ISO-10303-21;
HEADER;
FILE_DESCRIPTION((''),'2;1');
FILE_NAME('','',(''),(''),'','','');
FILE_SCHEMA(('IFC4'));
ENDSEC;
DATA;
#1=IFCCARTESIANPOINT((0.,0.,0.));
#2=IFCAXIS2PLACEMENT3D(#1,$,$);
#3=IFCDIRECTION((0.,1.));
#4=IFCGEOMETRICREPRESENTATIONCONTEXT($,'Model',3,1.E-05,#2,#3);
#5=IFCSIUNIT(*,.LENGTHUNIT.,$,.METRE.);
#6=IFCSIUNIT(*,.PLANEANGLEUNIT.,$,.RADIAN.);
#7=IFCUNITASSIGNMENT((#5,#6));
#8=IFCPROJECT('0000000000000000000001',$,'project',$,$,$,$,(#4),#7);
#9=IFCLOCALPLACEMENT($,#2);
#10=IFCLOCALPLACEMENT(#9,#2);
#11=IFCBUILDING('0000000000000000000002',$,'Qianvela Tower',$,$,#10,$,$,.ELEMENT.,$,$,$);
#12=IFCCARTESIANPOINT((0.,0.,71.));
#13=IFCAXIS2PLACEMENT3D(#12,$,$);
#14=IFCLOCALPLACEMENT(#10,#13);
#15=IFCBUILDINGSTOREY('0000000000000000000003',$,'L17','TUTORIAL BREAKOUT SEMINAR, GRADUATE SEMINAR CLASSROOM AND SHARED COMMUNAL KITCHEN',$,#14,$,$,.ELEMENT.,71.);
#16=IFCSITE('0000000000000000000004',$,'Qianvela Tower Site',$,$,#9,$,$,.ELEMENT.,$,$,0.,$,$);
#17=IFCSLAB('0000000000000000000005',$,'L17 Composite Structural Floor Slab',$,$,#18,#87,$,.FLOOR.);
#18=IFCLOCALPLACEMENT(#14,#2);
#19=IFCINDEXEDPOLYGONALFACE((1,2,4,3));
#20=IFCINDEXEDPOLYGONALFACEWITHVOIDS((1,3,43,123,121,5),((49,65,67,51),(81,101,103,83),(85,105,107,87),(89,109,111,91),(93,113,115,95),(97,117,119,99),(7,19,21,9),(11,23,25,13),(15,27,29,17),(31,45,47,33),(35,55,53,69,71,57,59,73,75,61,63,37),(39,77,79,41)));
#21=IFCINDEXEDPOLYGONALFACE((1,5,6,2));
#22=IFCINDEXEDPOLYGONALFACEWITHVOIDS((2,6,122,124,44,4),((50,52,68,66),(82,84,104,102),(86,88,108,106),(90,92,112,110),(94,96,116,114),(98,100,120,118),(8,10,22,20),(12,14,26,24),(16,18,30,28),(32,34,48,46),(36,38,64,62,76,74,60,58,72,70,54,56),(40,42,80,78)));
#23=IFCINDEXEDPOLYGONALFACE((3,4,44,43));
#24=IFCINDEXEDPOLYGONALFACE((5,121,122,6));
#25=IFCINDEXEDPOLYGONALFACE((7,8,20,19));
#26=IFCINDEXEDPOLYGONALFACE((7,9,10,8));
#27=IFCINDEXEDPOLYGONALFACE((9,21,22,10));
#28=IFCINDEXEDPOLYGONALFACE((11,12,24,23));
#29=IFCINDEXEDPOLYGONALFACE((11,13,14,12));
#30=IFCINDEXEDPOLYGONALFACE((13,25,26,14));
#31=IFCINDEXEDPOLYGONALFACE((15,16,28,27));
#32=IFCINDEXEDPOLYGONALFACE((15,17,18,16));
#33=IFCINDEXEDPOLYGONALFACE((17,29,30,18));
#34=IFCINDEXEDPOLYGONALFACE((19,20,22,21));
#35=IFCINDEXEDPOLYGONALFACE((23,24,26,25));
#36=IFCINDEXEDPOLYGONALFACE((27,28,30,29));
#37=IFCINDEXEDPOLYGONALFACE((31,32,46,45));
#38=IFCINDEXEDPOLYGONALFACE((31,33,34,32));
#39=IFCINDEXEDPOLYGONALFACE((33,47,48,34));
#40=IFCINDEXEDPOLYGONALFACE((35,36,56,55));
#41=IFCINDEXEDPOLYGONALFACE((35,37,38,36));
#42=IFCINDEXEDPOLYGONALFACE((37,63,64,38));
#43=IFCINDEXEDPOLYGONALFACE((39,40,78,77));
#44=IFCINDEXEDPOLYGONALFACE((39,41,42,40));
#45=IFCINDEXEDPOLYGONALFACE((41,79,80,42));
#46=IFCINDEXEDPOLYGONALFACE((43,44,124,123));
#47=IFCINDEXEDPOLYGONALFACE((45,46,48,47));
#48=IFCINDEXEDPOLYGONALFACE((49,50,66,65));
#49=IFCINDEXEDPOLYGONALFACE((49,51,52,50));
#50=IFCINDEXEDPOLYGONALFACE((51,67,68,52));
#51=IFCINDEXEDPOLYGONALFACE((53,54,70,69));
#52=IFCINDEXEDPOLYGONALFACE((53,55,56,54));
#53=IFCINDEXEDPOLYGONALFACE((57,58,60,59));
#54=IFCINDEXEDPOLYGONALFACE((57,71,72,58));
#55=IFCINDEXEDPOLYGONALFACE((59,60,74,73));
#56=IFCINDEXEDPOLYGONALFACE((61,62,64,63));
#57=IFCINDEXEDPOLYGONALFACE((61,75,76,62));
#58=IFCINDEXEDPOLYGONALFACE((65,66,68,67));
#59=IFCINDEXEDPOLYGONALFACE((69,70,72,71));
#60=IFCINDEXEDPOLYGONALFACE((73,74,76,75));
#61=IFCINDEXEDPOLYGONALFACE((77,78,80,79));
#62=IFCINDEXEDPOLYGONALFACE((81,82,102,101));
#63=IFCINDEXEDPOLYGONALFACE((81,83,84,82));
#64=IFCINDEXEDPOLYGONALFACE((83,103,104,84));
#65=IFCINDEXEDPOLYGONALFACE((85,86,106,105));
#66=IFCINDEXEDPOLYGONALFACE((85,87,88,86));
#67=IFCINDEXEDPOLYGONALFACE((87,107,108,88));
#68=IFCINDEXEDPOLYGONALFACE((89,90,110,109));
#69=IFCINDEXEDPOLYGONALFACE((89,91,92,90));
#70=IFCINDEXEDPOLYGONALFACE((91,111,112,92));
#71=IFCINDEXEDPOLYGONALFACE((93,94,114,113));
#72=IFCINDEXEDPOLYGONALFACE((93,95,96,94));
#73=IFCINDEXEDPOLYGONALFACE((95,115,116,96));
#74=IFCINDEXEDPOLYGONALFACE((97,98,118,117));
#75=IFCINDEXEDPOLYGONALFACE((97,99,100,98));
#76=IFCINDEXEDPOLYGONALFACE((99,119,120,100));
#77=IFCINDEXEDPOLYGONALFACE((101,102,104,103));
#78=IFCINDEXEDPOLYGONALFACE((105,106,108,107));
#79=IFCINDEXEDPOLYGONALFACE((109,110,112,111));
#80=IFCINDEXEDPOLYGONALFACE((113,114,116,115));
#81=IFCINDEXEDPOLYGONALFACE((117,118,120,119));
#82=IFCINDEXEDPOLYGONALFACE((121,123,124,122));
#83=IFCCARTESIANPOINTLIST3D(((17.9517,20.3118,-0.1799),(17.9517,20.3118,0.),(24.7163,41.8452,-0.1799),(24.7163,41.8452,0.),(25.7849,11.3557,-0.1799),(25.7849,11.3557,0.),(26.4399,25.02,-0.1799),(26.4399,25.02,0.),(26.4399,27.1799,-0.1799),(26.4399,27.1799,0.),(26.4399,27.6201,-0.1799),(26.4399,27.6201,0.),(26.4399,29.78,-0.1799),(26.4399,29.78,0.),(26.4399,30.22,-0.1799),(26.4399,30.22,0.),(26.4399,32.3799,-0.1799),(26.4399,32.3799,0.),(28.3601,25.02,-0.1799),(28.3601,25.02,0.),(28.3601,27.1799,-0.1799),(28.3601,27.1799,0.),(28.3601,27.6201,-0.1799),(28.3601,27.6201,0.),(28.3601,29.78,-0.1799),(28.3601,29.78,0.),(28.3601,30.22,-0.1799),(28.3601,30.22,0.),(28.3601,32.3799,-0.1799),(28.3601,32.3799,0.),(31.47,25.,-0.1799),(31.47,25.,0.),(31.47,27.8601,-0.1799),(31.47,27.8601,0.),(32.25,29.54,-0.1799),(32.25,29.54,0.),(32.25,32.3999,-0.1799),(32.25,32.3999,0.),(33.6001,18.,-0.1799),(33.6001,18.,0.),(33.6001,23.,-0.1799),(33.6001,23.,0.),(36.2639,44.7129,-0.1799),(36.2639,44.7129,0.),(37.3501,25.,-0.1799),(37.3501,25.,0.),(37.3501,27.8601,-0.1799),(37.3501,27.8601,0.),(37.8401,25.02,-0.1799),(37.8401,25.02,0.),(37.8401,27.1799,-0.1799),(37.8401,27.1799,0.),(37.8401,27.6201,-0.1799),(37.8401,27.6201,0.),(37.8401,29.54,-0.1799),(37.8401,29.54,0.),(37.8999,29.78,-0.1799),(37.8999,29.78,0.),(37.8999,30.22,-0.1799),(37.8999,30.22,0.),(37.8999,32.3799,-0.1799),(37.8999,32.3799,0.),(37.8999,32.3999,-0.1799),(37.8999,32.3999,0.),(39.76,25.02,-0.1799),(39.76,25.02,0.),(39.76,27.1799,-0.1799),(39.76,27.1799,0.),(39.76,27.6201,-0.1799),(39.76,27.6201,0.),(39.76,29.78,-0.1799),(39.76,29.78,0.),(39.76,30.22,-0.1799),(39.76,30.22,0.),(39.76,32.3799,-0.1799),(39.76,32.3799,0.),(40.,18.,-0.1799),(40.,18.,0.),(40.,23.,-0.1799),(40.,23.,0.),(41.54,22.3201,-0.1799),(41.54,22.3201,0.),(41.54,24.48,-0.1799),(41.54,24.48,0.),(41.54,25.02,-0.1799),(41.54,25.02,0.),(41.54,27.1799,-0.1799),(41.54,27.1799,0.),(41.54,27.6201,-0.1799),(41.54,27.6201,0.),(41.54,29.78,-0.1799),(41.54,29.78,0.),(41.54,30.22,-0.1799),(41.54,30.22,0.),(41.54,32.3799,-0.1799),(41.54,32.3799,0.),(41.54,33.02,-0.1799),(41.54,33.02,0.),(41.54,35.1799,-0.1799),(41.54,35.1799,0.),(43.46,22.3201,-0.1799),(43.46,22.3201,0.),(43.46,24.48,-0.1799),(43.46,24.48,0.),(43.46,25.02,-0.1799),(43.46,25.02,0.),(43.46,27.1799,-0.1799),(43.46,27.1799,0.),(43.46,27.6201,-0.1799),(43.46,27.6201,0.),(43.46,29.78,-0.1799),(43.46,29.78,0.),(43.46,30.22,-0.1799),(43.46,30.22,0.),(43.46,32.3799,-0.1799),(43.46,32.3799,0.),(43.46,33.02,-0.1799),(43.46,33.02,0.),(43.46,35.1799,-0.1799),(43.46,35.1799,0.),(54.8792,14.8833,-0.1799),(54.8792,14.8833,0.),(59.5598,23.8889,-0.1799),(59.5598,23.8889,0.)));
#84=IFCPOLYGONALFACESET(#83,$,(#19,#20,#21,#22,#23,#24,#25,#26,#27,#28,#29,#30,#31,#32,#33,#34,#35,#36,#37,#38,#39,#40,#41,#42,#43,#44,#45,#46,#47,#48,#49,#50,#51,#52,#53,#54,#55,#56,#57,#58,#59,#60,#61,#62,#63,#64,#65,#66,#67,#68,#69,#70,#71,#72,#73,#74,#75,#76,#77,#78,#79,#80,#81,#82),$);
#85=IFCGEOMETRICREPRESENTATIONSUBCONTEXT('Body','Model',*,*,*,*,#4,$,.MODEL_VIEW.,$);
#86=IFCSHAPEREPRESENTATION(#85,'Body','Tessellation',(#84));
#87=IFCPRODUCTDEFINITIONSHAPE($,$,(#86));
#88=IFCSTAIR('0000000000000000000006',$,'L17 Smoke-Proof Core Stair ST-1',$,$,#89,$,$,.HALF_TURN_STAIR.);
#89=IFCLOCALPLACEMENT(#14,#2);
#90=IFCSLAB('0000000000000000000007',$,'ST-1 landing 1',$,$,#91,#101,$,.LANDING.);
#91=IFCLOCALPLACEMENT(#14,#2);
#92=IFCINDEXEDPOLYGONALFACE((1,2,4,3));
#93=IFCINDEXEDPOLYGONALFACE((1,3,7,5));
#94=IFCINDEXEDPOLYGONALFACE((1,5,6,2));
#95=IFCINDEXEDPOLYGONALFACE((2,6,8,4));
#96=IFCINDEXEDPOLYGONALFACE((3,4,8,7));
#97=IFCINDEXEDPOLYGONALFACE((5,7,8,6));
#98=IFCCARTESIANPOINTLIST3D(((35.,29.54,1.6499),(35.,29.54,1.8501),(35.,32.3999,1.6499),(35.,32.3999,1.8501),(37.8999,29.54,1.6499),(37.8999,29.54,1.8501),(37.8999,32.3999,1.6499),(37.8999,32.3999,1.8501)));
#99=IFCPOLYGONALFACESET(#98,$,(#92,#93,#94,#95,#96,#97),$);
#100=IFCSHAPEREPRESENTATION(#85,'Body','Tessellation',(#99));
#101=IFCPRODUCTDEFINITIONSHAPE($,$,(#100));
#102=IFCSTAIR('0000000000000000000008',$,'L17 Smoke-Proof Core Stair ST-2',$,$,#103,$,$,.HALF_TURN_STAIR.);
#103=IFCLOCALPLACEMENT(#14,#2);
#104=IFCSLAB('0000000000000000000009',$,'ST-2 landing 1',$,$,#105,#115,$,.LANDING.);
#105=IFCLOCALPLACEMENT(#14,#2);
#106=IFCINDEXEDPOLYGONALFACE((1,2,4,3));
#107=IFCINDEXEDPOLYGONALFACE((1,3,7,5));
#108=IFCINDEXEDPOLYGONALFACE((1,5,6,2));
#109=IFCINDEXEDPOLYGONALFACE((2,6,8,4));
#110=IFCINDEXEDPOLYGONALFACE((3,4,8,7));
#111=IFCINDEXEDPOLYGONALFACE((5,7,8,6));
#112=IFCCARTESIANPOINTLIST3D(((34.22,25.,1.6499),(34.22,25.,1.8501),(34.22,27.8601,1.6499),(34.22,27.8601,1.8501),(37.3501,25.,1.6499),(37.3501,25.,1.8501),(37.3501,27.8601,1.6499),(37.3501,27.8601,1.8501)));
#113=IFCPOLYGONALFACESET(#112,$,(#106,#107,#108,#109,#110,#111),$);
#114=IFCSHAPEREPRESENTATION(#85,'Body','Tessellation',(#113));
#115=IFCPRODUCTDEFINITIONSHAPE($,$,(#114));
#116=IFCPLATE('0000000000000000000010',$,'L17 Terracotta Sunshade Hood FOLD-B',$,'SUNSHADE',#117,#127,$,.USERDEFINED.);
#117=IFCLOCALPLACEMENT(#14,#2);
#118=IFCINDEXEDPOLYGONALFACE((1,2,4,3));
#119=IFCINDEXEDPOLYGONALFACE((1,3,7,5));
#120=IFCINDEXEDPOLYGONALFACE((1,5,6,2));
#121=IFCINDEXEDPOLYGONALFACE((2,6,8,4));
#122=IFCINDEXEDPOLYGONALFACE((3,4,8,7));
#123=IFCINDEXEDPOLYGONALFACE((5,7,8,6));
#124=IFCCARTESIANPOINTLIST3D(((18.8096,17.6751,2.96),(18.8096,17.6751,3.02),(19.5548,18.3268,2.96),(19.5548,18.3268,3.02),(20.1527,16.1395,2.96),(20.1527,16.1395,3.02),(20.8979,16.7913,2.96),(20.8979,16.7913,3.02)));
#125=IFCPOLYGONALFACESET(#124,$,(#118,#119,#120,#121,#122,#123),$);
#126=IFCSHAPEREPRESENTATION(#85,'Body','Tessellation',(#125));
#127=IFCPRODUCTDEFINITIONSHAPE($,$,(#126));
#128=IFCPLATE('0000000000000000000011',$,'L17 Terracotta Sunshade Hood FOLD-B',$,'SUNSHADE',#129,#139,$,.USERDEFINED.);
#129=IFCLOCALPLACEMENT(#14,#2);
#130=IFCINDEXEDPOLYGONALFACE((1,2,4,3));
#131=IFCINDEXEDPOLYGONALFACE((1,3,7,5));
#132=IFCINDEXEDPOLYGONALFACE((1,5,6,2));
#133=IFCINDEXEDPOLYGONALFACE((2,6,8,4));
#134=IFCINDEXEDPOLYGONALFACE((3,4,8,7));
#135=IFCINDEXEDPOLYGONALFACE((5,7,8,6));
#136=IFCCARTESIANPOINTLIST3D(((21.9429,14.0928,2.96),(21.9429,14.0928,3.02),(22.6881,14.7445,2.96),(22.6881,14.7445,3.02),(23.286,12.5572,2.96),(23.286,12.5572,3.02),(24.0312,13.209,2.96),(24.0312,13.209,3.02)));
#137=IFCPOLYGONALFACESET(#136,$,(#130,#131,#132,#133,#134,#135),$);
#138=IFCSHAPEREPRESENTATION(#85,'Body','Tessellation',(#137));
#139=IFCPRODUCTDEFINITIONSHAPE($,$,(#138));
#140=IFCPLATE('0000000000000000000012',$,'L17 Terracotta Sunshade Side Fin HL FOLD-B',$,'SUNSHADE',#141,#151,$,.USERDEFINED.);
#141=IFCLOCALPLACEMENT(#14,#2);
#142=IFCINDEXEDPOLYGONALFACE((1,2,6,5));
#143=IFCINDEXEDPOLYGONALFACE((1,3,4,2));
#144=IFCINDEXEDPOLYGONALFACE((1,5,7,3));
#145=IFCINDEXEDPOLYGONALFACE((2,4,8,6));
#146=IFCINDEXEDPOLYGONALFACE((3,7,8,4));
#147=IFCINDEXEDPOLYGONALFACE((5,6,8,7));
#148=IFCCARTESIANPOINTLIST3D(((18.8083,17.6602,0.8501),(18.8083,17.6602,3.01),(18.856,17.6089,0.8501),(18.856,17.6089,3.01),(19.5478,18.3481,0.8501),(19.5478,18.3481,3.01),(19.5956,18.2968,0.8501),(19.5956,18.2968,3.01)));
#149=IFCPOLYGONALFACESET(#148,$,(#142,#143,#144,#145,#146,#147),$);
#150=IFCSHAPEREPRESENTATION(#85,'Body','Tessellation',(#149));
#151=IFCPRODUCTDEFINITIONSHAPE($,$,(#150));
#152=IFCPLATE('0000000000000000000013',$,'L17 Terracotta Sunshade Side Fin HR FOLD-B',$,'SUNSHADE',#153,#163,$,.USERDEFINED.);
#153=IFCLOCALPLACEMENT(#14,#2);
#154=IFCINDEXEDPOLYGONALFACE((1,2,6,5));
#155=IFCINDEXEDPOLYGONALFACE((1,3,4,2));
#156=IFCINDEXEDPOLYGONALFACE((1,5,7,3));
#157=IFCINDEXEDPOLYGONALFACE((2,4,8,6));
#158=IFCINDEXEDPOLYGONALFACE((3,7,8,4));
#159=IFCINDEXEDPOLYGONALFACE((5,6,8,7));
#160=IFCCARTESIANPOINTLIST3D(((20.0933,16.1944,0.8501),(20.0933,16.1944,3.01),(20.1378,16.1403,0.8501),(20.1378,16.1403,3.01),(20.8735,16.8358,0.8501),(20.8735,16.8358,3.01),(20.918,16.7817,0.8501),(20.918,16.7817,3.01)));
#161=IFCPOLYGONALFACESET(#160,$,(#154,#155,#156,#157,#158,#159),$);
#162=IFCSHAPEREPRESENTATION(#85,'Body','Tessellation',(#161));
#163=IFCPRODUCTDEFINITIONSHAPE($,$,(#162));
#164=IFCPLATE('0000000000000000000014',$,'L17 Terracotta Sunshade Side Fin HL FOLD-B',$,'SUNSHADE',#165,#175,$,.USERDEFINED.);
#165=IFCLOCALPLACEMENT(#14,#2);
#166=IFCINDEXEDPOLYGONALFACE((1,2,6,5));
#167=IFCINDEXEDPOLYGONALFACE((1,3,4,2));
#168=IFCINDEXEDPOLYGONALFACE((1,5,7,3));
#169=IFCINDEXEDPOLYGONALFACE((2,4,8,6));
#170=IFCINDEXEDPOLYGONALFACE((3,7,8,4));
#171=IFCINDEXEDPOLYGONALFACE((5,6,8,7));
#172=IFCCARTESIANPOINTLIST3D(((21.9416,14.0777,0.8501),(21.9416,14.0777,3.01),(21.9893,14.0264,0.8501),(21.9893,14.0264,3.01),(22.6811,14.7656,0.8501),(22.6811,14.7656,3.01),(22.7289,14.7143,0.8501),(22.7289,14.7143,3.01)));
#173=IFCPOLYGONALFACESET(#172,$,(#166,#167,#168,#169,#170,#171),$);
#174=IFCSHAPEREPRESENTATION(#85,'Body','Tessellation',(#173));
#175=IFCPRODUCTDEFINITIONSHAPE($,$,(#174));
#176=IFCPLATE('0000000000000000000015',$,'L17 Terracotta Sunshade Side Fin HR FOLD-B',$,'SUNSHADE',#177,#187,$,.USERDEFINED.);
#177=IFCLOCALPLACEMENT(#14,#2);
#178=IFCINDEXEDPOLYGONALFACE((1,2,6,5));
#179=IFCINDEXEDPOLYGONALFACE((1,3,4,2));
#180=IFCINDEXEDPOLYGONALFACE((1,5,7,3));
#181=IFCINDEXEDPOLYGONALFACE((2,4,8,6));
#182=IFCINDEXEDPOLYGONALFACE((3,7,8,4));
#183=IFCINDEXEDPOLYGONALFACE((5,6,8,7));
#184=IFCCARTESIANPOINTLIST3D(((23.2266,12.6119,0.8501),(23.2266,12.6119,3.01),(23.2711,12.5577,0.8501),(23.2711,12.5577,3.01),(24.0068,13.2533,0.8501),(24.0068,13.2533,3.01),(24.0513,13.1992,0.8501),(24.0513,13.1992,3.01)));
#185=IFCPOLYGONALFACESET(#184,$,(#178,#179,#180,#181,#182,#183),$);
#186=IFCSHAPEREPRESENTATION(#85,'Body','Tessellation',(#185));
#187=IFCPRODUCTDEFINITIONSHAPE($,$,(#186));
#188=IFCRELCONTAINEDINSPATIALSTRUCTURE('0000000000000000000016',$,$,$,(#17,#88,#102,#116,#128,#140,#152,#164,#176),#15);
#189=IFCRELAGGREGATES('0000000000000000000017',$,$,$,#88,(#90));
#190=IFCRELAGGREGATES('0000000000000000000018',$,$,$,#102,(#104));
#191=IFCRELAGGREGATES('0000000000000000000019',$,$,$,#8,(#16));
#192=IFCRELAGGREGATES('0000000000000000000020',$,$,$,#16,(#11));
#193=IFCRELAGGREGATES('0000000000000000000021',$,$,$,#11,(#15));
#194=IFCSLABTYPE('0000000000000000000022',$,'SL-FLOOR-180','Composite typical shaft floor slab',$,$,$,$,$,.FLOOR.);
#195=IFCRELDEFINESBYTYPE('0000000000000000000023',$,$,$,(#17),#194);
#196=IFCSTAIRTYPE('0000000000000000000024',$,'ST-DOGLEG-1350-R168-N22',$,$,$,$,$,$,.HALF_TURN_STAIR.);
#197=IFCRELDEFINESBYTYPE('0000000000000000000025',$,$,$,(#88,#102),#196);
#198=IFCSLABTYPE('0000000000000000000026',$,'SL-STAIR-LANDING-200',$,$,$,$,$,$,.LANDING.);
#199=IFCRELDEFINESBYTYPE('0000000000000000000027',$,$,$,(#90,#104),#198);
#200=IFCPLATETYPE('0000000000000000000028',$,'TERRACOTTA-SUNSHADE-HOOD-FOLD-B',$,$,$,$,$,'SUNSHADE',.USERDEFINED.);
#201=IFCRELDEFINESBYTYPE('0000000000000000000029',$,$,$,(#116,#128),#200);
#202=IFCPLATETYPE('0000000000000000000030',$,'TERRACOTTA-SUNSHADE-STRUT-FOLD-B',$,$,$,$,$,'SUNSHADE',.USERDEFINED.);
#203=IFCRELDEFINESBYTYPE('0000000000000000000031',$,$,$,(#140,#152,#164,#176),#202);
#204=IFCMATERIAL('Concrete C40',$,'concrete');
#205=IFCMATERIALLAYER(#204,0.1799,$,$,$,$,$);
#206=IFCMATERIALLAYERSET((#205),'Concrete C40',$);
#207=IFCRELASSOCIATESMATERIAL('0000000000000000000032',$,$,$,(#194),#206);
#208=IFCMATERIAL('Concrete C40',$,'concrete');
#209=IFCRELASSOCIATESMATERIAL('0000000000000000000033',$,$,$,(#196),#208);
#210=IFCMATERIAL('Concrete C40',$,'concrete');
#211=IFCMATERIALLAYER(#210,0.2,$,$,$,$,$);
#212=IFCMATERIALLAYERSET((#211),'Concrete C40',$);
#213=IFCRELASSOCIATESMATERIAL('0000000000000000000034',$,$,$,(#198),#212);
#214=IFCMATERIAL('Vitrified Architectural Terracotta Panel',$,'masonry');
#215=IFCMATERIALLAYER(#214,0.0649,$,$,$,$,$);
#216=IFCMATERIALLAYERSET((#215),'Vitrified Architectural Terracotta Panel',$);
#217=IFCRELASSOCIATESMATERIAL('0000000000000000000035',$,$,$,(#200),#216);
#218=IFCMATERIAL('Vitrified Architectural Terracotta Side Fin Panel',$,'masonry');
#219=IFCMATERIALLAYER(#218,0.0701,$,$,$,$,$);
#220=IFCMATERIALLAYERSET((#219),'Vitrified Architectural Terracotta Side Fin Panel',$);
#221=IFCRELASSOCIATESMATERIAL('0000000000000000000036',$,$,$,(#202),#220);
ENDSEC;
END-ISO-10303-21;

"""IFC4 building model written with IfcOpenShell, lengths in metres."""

from ifc_helpers import new_model, si_unit, direction, frame, origin, origin_2d, place, context, subcontext, project, spatial, polyline, rectangle, outline, extrude, material, layer, layer_set, type_object, element, aggregate, save


model = new_model("IFC4")

# Units and contexts
model_context = context("Model", 3, precision=1e-05, world=origin(), true_north=direction((0.0, 1.0)))
body_context = subcontext(model_context, "Body", "Model", "MODEL_VIEW")
ifc_project = project(units=[si_unit("LENGTHUNIT", "METRE"), si_unit("PLANEANGLEUNIT", "RADIAN")], contexts=[model_context])

# Site, building, storey
site_placement = place(None, origin())
site = spatial("IfcSite", under=ifc_project, at=site_placement, Name="Qianvela Tower Site", CompositionType="ELEMENT", RefElevation=0.0)
building_placement = place(site_placement, origin())
building = spatial("IfcBuilding", under=site, at=building_placement, Name="Qianvela Tower", CompositionType="ELEMENT")
storey_placement = place(building_placement, frame((0.0, 0.0, 71.0)))
storey = spatial("IfcBuildingStorey", under=building, at=storey_placement, Name="L17", Description="TUTORIAL BREAKOUT SEMINAR, GRADUATE SEMINAR CLASSROOM AND SHARED COMMUNAL KITCHEN", CompositionType="ELEMENT", Elevation=71.0)

# Slab
ifc_material_1 = material(Name="Concrete C40", Category="concrete")
ifc_layer_1 = layer(ifc_material_1, 0.1799)
ifc_layer_set_1 = layer_set([ifc_layer_1], Name="Concrete C40")
slab_type_1 = type_object("IfcSlabType", Name="SL-FLOOR-180", Description="Composite typical shaft floor slab", PredefinedType="FLOOR", material=ifc_layer_set_1)
slab_1_placement = place(storey_placement, frame((0.0, 0.0, -0.1799)))
element("IfcSlab", 1, at=slab_1_placement, inside=storey, type_object=slab_type_1, Name="L17 Composite Structural Floor Slab", PredefinedType="FLOOR", context=body_context, shape_type="SweptSolid", body=[
    extrude(outline(polyline([(54.8792, 14.8833), (59.5598, 23.8889), (36.2639, 44.7129), (24.7163, 41.8452), (17.9517, 20.3118), (25.7849, 11.3557), (54.8792, 14.8833)]), holes=[polyline([(40.0, 23.0), (33.6001, 23.0), (33.6001, 18.0), (40.0, 18.0), (40.0, 23.0)]), polyline([(28.3601, 25.02), (28.3601, 27.1799), (26.4399, 27.1799), (26.4399, 25.02), (28.3601, 25.02)]), polyline([(37.3501, 25.0), (37.3501, 27.8601), (31.47, 27.8601), (31.47, 25.0), (37.3501, 25.0)]), polyline([(28.3601, 27.6201), (28.3601, 29.78), (26.4399, 29.78), (26.4399, 27.6201), (28.3601, 27.6201)]), polyline([(37.8999, 32.3799), (37.8999, 32.3999), (32.25, 32.3999), (32.25, 29.54), (37.8401, 29.54), (37.8401, 27.6201), (39.76, 27.6201), (39.76, 29.78), (37.8999, 29.78), (37.8999, 30.22), (39.76, 30.22), (39.76, 32.3799), (37.8999, 32.3799)]), polyline([(28.3601, 30.22), (28.3601, 32.3799), (26.4399, 32.3799), (26.4399, 30.22), (28.3601, 30.22)]), polyline([(43.46, 24.48), (41.54, 24.48), (41.54, 22.3201), (43.46, 22.3201), (43.46, 24.48)]), polyline([(39.76, 25.02), (39.76, 27.1799), (37.8401, 27.1799), (37.8401, 25.02), (39.76, 25.02)]), polyline([(43.46, 25.02), (43.46, 27.1799), (41.54, 27.1799), (41.54, 25.02), (43.46, 25.02)]), polyline([(43.46, 27.6201), (43.46, 29.78), (41.54, 29.78), (41.54, 27.6201), (43.46, 27.6201)]), polyline([(43.46, 30.22), (43.46, 32.3799), (41.54, 32.3799), (41.54, 30.22), (43.46, 30.22)]), polyline([(43.46, 33.02), (43.46, 35.1799), (41.54, 35.1799), (41.54, 33.02), (43.46, 33.02)])]), origin(), (0.0, 0.0, 1.0), 0.1799),
])

# Stairs, slabs
ifc_material_2 = material(Name="Concrete C40", Category="concrete")
stair_type = type_object("IfcStairType", Name="ST-DOGLEG-1350-R168-N22", PredefinedType="HALF_TURN_STAIR", material=ifc_material_2)
stair_1_placement = place(storey_placement, origin())
stair_1 = element("IfcStair", 2, at=stair_1_placement, inside=storey, type_object=stair_type, Name="L17 Smoke-Proof Core Stair ST-1", PredefinedType="HALF_TURN_STAIR")
ifc_material_3 = material(Name="Concrete C40", Category="concrete")
ifc_layer_2 = layer(ifc_material_3, 0.2)
ifc_layer_set_2 = layer_set([ifc_layer_2], Name="Concrete C40")
slab_type_2 = type_object("IfcSlabType", Name="SL-STAIR-LANDING-200", PredefinedType="LANDING", material=ifc_layer_set_2)
slab_2_placement = place(storey_placement, frame((0.0, 0.0, 1.6499)))
slab_2 = element("IfcSlab", 3, at=slab_2_placement, type_object=slab_type_2, Name="ST-1 landing 1", PredefinedType="LANDING", context=body_context, shape_type="SweptSolid", body=[
    extrude(outline(polyline([(35.0, 29.54), (37.8999, 29.54), (37.8999, 32.3999), (35.0, 32.3999), (35.0, 29.54)])), origin(), (0.0, 0.0, 1.0), 0.2002),
])
aggregate(stair_1, [slab_2])
stair_2_placement = place(storey_placement, origin())
stair_2 = element("IfcStair", 4, at=stair_2_placement, inside=storey, type_object=stair_type, Name="L17 Smoke-Proof Core Stair ST-2", PredefinedType="HALF_TURN_STAIR")
slab_3_placement = place(storey_placement, frame((0.0, 0.0, 1.6499)))
slab_3 = element("IfcSlab", 5, at=slab_3_placement, type_object=slab_type_2, Name="ST-2 landing 1", PredefinedType="LANDING", context=body_context, shape_type="SweptSolid", body=[
    extrude(outline(polyline([(34.22, 25.0), (37.3501, 25.0), (37.3501, 27.8601), (34.22, 27.8601), (34.22, 25.0)])), origin(), (0.0, 0.0, 1.0), 0.2002),
])
aggregate(stair_2, [slab_3])

# Plates
ifc_material_4 = material(Name="Vitrified Architectural Terracotta Panel", Category="masonry")
ifc_layer_3 = layer(ifc_material_4, 0.0649)
ifc_layer_set_3 = layer_set([ifc_layer_3], Name="Vitrified Architectural Terracotta Panel")
plate_type_1 = type_object("IfcPlateType", Name="TERRACOTTA-SUNSHADE-HOOD-FOLD-B", ElementType="SUNSHADE", PredefinedType="USERDEFINED", material=ifc_layer_set_3)
for number, where, z_axis, x_axis, name in (
    (6, (19.8538, 17.2332, 2.96), (0.0, 0.0, 1.0), (0.658348, -0.752714, 0.0), "L17 Terracotta Sunshade Hood FOLD-B"),
    (7, (22.9871, 13.6509, 2.96), (0.0, 0.0, 1.0), (0.658348, -0.752714, 0.0), "L17 Terracotta Sunshade Hood FOLD-B"),
):
    element("IfcPlate", number, at=place(storey_placement, frame(where, z_axis=z_axis, x_axis=x_axis)), inside=storey, type_object=plate_type_1, Name=name, ObjectType="SUNSHADE", PredefinedType="USERDEFINED", context=body_context, shape_type="SweptSolid", body=[
        extrude(rectangle(XDim=2.04, YDim=0.99, at=origin_2d()), origin(), (0.0, 0.0, 1.0), 0.0601),
    ])
ifc_material_5 = material(Name="Vitrified Architectural Terracotta Side Fin Panel", Category="masonry")
ifc_layer_4 = layer(ifc_material_5, 0.0701)
ifc_layer_set_4 = layer_set([ifc_layer_4], Name="Vitrified Architectural Terracotta Side Fin Panel")
plate_type_2 = type_object("IfcPlateType", Name="TERRACOTTA-SUNSHADE-STRUT-FOLD-B", ElementType="SUNSHADE", PredefinedType="USERDEFINED", material=ifc_layer_set_4)
for number, where, z_axis, x_axis, name in (
    (8, (19.2019, 17.9785, 0.8501), (0.0, 0.0, 1.0), (0.681028, -0.732258, 0.0), "L17 Terracotta Sunshade Side Fin HL FOLD-B"),
    (9, (20.5056, 16.488, 0.8501), (0.0, 0.0, 1.0), (0.635054, -0.772468, 0.0), "L17 Terracotta Sunshade Side Fin HR FOLD-B"),
    (10, (22.3352, 14.396, 0.8501), (0.0, 0.0, 1.0), (0.681028, -0.732258, 0.0), "L17 Terracotta Sunshade Side Fin HL FOLD-B"),
    (11, (23.6389, 12.9055, 0.8501), (0.0, 0.0, 1.0), (0.635054, -0.772468, 0.0), "L17 Terracotta Sunshade Side Fin HR FOLD-B"),
):
    element("IfcPlate", number, at=place(storey_placement, frame(where, z_axis=z_axis, x_axis=x_axis)), inside=storey, type_object=plate_type_2, Name=name, ObjectType="SUNSHADE", PredefinedType="USERDEFINED", context=body_context, shape_type="SweptSolid", body=[
        extrude(rectangle(XDim=0.0701, YDim=1.01, at=origin_2d()), origin(), (0.0, 0.0, 1.0), 2.1599),
    ])

save(model, "model.ifc")
